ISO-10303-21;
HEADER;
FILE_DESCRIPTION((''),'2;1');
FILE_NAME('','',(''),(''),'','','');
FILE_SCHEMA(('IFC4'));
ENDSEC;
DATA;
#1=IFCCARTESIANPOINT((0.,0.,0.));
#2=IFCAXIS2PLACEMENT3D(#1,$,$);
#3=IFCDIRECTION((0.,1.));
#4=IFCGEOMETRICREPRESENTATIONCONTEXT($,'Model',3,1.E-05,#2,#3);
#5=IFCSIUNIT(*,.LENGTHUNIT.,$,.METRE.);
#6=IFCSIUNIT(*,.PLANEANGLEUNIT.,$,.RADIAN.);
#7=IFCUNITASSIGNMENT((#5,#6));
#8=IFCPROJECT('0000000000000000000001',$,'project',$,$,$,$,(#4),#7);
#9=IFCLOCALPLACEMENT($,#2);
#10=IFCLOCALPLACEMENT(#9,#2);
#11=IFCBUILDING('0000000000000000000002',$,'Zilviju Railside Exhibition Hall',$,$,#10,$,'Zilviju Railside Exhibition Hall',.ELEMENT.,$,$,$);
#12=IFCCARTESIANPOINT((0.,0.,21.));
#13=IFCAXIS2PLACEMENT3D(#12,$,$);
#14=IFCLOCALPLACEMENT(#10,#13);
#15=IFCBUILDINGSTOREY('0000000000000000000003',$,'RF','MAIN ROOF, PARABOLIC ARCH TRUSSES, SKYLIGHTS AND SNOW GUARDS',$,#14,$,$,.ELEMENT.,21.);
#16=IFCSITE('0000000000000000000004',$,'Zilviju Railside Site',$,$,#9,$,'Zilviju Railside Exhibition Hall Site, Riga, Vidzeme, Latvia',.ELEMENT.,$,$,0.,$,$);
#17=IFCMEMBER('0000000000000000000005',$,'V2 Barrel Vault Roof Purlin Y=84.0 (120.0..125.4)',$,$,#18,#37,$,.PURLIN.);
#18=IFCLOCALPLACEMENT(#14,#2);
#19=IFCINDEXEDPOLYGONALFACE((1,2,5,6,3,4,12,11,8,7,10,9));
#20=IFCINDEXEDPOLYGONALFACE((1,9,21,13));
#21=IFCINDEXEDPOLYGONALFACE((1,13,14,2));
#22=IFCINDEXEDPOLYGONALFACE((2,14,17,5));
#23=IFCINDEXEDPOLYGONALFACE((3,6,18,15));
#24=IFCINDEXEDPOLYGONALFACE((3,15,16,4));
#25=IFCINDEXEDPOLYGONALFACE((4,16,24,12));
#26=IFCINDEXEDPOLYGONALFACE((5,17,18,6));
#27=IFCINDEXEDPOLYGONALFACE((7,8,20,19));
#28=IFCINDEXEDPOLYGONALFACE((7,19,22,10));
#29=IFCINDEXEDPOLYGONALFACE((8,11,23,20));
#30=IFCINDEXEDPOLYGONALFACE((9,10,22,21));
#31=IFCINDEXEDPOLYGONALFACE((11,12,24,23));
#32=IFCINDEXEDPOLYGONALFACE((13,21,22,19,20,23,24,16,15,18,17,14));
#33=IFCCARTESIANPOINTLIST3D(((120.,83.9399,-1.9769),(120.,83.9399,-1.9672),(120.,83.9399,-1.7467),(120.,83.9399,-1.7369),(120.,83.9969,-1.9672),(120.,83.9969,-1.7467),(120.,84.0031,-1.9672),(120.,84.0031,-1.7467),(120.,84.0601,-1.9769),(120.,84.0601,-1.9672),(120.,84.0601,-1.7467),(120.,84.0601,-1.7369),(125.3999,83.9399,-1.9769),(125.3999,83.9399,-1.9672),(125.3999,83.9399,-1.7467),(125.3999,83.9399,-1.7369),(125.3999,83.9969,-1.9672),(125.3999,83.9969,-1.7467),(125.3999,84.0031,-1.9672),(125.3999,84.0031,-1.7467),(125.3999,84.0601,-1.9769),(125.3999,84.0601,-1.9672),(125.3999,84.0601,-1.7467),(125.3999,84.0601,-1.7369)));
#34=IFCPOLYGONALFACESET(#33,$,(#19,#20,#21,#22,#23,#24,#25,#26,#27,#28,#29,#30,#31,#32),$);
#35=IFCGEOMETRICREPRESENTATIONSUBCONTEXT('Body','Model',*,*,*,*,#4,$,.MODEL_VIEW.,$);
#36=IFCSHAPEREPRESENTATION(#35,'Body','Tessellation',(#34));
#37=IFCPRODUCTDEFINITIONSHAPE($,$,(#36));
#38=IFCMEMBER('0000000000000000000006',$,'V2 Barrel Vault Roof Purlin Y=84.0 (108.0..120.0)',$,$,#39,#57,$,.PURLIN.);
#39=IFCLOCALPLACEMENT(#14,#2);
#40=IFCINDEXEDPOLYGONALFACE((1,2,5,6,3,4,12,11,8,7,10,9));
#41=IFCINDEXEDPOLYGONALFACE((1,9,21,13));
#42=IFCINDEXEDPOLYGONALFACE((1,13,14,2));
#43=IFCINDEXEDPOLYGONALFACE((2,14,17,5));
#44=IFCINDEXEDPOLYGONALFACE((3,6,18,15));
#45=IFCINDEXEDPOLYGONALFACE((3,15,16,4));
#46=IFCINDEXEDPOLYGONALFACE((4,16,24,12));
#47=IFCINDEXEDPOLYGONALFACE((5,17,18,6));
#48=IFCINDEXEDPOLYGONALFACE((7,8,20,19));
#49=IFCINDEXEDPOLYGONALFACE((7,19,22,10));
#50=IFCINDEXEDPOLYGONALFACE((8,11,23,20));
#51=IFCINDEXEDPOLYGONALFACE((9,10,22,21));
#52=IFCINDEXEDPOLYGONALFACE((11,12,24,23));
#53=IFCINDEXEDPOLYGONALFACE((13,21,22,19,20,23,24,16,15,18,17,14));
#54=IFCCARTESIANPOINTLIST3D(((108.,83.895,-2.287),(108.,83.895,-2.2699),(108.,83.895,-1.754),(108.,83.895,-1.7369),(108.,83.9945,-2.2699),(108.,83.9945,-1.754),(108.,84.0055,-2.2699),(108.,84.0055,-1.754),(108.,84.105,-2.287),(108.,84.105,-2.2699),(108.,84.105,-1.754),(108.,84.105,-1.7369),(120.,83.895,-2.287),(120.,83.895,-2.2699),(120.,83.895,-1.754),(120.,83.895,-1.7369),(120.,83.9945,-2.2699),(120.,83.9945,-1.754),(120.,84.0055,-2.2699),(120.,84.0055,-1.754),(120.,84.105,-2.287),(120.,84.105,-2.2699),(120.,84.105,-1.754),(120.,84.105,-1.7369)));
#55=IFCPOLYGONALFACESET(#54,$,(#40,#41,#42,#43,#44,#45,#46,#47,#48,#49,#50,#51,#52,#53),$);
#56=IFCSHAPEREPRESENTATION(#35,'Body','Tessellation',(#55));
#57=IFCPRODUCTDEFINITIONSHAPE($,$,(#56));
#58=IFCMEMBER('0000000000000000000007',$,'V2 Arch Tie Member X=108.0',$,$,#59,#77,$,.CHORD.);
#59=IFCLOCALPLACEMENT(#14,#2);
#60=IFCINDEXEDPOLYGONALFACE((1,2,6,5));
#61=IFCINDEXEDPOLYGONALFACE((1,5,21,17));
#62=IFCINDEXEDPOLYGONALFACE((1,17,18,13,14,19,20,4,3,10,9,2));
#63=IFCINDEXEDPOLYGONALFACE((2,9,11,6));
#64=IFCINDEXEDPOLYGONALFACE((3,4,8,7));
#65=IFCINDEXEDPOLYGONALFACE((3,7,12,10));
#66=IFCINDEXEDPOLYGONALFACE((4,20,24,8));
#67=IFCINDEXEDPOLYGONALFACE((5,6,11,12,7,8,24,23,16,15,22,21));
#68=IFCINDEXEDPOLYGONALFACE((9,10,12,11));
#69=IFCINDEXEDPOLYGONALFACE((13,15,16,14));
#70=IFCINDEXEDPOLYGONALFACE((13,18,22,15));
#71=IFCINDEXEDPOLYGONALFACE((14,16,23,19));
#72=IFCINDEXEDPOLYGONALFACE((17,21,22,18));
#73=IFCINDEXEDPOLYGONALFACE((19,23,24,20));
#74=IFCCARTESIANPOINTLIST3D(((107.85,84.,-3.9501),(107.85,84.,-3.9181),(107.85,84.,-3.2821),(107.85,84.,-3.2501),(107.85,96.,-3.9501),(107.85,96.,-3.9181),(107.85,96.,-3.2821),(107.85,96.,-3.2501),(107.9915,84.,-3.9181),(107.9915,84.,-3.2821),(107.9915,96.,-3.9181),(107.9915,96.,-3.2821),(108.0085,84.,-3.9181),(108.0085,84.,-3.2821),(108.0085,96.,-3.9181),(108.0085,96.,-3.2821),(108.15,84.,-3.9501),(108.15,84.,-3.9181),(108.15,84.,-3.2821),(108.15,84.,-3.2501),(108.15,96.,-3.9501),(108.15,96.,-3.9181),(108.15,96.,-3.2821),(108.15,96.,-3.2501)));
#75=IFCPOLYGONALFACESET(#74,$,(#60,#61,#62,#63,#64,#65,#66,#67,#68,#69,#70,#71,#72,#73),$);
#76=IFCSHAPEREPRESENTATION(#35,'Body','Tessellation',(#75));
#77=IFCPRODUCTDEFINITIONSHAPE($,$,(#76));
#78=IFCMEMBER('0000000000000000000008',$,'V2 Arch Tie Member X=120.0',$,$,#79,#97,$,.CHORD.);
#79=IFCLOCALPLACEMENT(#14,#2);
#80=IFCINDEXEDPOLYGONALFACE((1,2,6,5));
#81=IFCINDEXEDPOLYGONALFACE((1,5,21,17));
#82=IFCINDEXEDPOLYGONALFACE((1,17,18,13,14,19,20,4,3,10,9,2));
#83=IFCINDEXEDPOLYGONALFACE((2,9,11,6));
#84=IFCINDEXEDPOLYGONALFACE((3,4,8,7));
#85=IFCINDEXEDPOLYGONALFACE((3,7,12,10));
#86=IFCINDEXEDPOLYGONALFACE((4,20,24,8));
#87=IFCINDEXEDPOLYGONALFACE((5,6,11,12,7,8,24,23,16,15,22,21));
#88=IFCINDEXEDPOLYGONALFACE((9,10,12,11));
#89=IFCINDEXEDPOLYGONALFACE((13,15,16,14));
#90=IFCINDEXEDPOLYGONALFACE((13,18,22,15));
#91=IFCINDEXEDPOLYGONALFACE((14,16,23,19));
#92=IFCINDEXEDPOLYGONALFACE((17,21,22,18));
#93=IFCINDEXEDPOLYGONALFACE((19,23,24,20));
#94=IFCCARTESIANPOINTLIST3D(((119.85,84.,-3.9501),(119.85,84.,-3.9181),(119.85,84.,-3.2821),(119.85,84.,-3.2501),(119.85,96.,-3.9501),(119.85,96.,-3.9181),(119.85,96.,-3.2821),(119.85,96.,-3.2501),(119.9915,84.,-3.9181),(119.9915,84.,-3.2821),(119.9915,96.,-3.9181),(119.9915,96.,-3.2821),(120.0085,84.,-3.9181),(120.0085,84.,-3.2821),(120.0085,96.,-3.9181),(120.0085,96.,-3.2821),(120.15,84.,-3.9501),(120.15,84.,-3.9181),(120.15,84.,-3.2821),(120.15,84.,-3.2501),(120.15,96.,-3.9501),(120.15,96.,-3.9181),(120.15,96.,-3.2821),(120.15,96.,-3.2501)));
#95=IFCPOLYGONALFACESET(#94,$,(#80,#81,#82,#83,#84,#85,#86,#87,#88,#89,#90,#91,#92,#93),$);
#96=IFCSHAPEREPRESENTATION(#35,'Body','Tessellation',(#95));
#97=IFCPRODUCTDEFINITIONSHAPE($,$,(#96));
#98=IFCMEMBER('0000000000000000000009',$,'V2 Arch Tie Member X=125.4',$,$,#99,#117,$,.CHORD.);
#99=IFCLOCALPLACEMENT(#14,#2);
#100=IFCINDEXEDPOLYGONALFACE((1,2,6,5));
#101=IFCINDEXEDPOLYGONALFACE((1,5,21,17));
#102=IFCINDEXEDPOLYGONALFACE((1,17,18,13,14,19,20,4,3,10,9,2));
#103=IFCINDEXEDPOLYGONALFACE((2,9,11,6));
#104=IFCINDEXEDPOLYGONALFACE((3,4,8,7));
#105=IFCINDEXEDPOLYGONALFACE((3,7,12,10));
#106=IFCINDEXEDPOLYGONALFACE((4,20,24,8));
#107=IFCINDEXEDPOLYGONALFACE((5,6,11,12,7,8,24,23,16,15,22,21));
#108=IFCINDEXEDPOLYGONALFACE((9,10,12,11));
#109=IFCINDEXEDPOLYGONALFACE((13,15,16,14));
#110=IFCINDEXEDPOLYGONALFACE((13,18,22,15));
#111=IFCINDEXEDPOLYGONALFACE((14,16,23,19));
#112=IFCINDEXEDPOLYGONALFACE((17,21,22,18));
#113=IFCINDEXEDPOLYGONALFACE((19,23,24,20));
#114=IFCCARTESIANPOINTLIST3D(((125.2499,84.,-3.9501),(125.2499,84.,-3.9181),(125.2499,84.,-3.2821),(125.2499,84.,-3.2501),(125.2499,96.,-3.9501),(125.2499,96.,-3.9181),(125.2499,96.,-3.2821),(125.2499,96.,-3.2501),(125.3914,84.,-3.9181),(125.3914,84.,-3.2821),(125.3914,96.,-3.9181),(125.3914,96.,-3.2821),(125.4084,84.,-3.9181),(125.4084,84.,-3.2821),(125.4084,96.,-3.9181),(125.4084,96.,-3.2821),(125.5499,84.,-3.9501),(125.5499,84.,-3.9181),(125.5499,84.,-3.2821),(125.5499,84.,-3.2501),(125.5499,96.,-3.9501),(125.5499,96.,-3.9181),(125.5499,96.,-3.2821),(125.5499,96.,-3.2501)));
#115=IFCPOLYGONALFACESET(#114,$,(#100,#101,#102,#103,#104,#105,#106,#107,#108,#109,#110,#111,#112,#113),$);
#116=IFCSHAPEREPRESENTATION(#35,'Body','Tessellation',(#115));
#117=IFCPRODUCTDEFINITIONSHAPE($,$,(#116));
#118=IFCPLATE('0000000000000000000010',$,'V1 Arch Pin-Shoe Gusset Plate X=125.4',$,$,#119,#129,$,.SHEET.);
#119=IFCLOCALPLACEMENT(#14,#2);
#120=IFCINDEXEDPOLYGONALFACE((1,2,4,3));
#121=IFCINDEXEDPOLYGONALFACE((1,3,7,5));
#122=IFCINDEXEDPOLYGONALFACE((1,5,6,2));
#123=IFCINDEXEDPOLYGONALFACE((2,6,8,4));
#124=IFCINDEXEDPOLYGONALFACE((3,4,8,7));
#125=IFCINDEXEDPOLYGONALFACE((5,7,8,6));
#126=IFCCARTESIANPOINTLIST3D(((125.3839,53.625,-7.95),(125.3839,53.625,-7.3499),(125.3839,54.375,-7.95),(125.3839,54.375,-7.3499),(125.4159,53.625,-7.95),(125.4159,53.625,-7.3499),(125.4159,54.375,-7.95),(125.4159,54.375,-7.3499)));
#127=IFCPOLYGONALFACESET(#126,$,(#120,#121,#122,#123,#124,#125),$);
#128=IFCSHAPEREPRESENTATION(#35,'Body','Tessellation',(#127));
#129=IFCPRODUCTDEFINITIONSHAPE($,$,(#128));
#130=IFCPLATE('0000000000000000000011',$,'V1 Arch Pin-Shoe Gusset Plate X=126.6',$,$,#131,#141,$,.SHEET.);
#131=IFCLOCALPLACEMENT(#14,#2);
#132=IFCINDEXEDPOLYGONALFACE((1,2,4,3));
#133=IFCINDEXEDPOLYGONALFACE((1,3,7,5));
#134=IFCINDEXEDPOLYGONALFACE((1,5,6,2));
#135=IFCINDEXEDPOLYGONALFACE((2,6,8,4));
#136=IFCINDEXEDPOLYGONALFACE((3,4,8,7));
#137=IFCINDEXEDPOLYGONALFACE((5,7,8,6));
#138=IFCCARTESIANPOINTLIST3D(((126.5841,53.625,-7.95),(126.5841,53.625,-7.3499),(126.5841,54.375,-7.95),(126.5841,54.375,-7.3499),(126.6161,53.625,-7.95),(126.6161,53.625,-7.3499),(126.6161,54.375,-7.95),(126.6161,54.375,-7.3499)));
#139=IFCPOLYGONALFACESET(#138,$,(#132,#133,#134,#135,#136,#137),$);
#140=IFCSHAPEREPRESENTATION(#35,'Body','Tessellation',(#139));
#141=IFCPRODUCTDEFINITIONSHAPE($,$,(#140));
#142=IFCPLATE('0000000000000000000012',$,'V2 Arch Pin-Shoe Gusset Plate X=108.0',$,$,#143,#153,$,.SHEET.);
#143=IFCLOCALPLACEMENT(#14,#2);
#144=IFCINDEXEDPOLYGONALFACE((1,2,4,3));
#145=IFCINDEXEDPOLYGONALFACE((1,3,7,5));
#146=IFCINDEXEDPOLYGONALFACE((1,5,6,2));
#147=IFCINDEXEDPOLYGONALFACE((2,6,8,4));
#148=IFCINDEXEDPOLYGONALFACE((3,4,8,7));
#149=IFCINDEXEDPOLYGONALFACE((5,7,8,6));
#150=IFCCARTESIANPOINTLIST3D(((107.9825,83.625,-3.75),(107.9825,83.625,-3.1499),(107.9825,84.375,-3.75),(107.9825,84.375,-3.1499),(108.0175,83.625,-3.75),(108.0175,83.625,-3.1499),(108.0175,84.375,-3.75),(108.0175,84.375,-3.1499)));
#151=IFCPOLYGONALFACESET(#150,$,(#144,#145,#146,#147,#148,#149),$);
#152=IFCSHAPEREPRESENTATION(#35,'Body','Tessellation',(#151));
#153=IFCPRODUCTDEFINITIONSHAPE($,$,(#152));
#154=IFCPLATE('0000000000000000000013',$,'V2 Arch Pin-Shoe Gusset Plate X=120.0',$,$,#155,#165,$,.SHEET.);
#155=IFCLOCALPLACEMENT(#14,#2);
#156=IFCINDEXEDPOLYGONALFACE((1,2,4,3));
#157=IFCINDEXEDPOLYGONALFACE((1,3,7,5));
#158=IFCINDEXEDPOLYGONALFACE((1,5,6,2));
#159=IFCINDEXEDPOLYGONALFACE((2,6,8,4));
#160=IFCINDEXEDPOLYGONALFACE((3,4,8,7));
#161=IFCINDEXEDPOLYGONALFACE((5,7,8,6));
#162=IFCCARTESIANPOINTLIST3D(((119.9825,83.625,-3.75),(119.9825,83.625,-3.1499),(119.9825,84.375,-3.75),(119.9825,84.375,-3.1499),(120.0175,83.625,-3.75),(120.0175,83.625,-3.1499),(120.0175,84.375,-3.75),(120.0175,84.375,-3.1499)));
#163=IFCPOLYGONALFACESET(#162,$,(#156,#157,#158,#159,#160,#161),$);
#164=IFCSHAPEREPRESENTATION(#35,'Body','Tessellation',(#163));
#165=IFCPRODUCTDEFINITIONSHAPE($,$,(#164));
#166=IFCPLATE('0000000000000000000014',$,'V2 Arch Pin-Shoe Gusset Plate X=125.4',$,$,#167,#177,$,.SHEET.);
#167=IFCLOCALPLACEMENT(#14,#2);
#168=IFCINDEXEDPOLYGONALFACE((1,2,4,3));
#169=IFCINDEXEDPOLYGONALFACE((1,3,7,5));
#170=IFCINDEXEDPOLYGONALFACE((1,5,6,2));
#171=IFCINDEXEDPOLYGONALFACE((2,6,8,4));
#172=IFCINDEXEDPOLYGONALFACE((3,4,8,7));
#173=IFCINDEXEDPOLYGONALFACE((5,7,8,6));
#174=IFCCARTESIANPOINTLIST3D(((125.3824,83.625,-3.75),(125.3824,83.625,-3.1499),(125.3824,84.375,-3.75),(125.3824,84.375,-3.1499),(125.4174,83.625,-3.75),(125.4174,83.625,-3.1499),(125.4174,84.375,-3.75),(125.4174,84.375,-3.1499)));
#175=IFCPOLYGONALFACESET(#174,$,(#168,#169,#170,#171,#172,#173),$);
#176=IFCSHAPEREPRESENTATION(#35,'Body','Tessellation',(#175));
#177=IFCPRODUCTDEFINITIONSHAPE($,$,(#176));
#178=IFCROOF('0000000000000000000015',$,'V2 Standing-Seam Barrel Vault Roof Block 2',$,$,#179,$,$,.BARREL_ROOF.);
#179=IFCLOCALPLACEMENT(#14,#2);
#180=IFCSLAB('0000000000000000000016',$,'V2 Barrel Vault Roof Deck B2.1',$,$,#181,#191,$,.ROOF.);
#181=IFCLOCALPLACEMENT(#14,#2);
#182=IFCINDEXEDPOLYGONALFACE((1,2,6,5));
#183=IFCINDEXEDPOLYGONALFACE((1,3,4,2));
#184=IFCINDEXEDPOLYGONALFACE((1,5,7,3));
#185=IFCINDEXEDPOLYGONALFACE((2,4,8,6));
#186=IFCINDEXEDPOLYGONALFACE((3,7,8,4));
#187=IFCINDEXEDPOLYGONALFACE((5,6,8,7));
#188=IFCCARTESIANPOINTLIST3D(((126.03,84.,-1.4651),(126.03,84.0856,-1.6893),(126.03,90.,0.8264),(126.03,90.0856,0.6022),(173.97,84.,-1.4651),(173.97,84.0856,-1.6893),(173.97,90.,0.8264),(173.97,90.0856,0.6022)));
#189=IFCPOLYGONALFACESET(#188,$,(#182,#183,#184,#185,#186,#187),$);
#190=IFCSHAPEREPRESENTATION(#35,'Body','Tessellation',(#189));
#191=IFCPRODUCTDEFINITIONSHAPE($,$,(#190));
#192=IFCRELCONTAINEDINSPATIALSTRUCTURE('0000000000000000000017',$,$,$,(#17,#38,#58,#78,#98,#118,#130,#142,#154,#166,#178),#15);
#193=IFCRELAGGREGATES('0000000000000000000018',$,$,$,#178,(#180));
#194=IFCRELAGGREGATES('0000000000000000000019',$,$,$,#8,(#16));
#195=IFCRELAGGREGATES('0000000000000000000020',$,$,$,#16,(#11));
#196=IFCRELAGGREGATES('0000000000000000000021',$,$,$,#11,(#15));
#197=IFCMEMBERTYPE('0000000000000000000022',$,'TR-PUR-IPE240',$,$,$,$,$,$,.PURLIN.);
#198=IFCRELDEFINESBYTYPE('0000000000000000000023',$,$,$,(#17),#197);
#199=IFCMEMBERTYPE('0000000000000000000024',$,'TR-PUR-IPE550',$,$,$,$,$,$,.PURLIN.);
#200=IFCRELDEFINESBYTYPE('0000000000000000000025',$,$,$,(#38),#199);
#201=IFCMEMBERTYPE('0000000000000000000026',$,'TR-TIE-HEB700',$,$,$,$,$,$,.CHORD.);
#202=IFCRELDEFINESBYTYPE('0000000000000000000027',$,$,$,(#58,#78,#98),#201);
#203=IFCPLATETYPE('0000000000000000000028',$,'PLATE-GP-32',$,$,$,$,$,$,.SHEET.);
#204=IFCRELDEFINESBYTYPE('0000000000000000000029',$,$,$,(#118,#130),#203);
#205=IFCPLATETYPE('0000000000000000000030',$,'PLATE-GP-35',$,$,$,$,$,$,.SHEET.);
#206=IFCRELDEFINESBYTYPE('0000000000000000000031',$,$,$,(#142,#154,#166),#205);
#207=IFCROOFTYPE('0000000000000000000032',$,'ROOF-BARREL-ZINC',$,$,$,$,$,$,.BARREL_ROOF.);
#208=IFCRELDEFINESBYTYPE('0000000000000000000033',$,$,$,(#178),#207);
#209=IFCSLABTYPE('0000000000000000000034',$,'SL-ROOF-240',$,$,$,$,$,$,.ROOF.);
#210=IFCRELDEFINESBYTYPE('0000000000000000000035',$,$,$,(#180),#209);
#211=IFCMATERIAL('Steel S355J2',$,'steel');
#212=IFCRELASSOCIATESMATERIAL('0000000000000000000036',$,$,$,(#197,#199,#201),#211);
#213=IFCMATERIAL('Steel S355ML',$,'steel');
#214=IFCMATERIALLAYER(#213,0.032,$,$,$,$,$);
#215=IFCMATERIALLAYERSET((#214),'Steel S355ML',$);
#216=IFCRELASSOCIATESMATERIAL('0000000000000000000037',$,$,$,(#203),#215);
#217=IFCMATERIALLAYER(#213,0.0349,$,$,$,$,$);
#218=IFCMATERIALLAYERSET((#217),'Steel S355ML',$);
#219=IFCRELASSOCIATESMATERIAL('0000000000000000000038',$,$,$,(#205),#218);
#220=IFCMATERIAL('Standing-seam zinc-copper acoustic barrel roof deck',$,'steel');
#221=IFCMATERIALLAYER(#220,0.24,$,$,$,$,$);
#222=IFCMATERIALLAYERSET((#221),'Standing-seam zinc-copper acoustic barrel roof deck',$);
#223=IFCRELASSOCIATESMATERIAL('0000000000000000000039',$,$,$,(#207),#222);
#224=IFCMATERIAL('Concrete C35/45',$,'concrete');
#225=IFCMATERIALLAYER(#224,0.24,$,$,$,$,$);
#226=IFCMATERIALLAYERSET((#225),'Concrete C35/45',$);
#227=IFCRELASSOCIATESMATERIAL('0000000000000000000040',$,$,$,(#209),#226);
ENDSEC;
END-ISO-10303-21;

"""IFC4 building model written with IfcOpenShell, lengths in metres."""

from ifc_helpers import new_model, si_unit, direction, frame, origin, origin_2d, place, context, subcontext, project, spatial, polyline, rectangle, i_section, outline, extrude, material, layer, layer_set, material_profile, profile_set, type_object, element, aggregate, save


model = new_model("IFC4")

# Units and contexts
model_context = context("Model", 3, precision=1e-05, world=origin(), true_north=direction((0.0, 1.0)))
body_context = subcontext(model_context, "Body", "Model", "MODEL_VIEW")
ifc_project = project(units=[si_unit("LENGTHUNIT", "METRE"), si_unit("PLANEANGLEUNIT", "RADIAN")], contexts=[model_context])

# Site, building, storey
site_placement = place(None, origin())
site = spatial("IfcSite", under=ifc_project, at=site_placement, Name="Zilviju Railside Site", LongName="Zilviju Railside Exhibition Hall Site, Riga, Vidzeme, Latvia", CompositionType="ELEMENT", RefElevation=0.0)
building_placement = place(site_placement, origin())
building = spatial("IfcBuilding", under=site, at=building_placement, Name="Zilviju Railside Exhibition Hall", LongName="Zilviju Railside Exhibition Hall", CompositionType="ELEMENT")
storey_placement = place(building_placement, frame((0.0, 0.0, 21.0)))
storey = spatial("IfcBuildingStorey", under=building, at=storey_placement, Name="RF", Description="MAIN ROOF, PARABOLIC ARCH TRUSSES, SKYLIGHTS AND SNOW GUARDS", CompositionType="ELEMENT", Elevation=21.0)

# Members
ifc_material_1 = material(Name="Steel S355J2", Category="steel")
ifc_material_profile_1 = material_profile(ifc_material_1, i_section(OverallWidth=0.1201, OverallDepth=0.24, WebThickness=0.0061, FlangeThickness=0.0098, at=origin_2d()), Name="IPE 240")
ifc_profile_set_1 = profile_set([ifc_material_profile_1], Name="Steel S355J2")
member_type_1 = type_object("IfcMemberType", Name="TR-PUR-IPE240", PredefinedType="PURLIN", material=ifc_profile_set_1)
for number, where, z_axis, x_axis, name in (
    (1, (120.0, 84.0, -1.8569), (1.0, 0.0, 0.0), (0.0, 1.0, 0.0), "V2 Barrel Vault Roof Purlin Y=84.0 (120.0..125.4)"),
):
    element("IfcMember", number, at=place(storey_placement, frame(where, z_axis=z_axis, x_axis=x_axis)), inside=storey, type_object=member_type_1, Name=name, PredefinedType="PURLIN", context=body_context, shape_type="SweptSolid", body=[
        extrude(i_section(OverallWidth=0.1201, OverallDepth=0.24, WebThickness=0.0061, FlangeThickness=0.0098, at=origin_2d()), origin(), (0.0, 0.0, 1.0), 5.3999),
    ])
ifc_material_profile_2 = material_profile(ifc_material_1, i_section(OverallWidth=0.21, OverallDepth=0.55, WebThickness=0.011, FlangeThickness=0.0171, at=origin_2d()), Name="IPE 550")
ifc_profile_set_2 = profile_set([ifc_material_profile_2], Name="Steel S355J2")
member_type_2 = type_object("IfcMemberType", Name="TR-PUR-IPE550", PredefinedType="PURLIN", material=ifc_profile_set_2)
member_placement = place(storey_placement, frame((108.0, 84.0, -2.012), z_axis=(1.0, 0.0, 0.0), x_axis=(0.0, 1.0, 0.0)))
element("IfcMember", 2, at=member_placement, inside=storey, type_object=member_type_2, Name="V2 Barrel Vault Roof Purlin Y=84.0 (108.0..120.0)", PredefinedType="PURLIN", context=body_context, shape_type="SweptSolid", body=[
    extrude(i_section(OverallWidth=0.21, OverallDepth=0.55, WebThickness=0.011, FlangeThickness=0.0171, at=origin_2d()), origin(), (0.0, 0.0, 1.0), 12.0),
])
ifc_material_profile_3 = material_profile(ifc_material_1, i_section(OverallWidth=0.3, OverallDepth=0.7, WebThickness=0.0171, FlangeThickness=0.032, at=origin_2d()), Name="HEB 700")
ifc_profile_set_3 = profile_set([ifc_material_profile_3], Name="Steel S355J2")
member_type_3 = type_object("IfcMemberType", Name="TR-TIE-HEB700", PredefinedType="CHORD", material=ifc_profile_set_3)
for number, where, z_axis, x_axis, name in (
    (3, (108.0, 84.0, -3.6001), (0.0, 1.0, 0.0), (-1.0, 0.0, 0.0), "V2 Arch Tie Member X=108.0"),
    (4, (120.0, 84.0, -3.6001), (0.0, 1.0, 0.0), (-1.0, 0.0, 0.0), "V2 Arch Tie Member X=120.0"),
    (5, (125.3999, 84.0, -3.6001), (0.0, 1.0, 0.0), (-1.0, 0.0, 0.0), "V2 Arch Tie Member X=125.4"),
):
    element("IfcMember", number, at=place(storey_placement, frame(where, z_axis=z_axis, x_axis=x_axis)), inside=storey, type_object=member_type_3, Name=name, PredefinedType="CHORD", context=body_context, shape_type="SweptSolid", body=[
        extrude(i_section(OverallWidth=0.3, OverallDepth=0.7, WebThickness=0.0171, FlangeThickness=0.032, at=origin_2d()), origin(), (0.0, 0.0, 1.0), 12.0),
    ])

# Plates
ifc_material_2 = material(Name="Steel S355ML", Category="steel")
ifc_layer_1 = layer(ifc_material_2, 0.032)
ifc_layer_set_1 = layer_set([ifc_layer_1], Name="Steel S355ML")
plate_type_1 = type_object("IfcPlateType", Name="PLATE-GP-32", PredefinedType="SHEET", material=ifc_layer_set_1)
for number, where, z_axis, x_axis, name in (
    (6, (125.3999, 54.0, -7.95), (0.0, 0.0, 1.0), (1.0, 0.0, 0.0), "V1 Arch Pin-Shoe Gusset Plate X=125.4"),
    (7, (126.6001, 54.0, -7.95), (0.0, 0.0, 1.0), (1.0, 0.0, 0.0), "V1 Arch Pin-Shoe Gusset Plate X=126.6"),
):
    element("IfcPlate", number, at=place(storey_placement, frame(where, z_axis=z_axis, x_axis=x_axis)), inside=storey, type_object=plate_type_1, Name=name, PredefinedType="SHEET", context=body_context, shape_type="SweptSolid", body=[
        extrude(rectangle(XDim=0.032, YDim=0.75, at=origin_2d()), origin(), (0.0, 0.0, 1.0), 0.6001),
    ])
ifc_layer_2 = layer(ifc_material_2, 0.0349)
ifc_layer_set_2 = layer_set([ifc_layer_2], Name="Steel S355ML")
plate_type_2 = type_object("IfcPlateType", Name="PLATE-GP-35", PredefinedType="SHEET", material=ifc_layer_set_2)
for number, where, z_axis, x_axis, name in (
    (8, (108.0, 84.0, -3.75), (0.0, 0.0, 1.0), (1.0, 0.0, 0.0), "V2 Arch Pin-Shoe Gusset Plate X=108.0"),
    (9, (120.0, 84.0, -3.75), (0.0, 0.0, 1.0), (1.0, 0.0, 0.0), "V2 Arch Pin-Shoe Gusset Plate X=120.0"),
    (10, (125.3999, 84.0, -3.75), (0.0, 0.0, 1.0), (1.0, 0.0, 0.0), "V2 Arch Pin-Shoe Gusset Plate X=125.4"),
):
    element("IfcPlate", number, at=place(storey_placement, frame(where, z_axis=z_axis, x_axis=x_axis)), inside=storey, type_object=plate_type_2, Name=name, PredefinedType="SHEET", context=body_context, shape_type="SweptSolid", body=[
        extrude(rectangle(XDim=0.0349, YDim=0.75, at=origin_2d()), origin(), (0.0, 0.0, 1.0), 0.6001),
    ])

# Roof, slab
ifc_material_3 = material(Name="Standing-seam zinc-copper acoustic barrel roof deck", Category="steel")
ifc_layer_3 = layer(ifc_material_3, 0.24)
ifc_layer_set_3 = layer_set([ifc_layer_3], Name="Standing-seam zinc-copper acoustic barrel roof deck")
roof_type = type_object("IfcRoofType", Name="ROOF-BARREL-ZINC", PredefinedType="BARREL_ROOF", material=ifc_layer_set_3)
roof_placement = place(storey_placement, origin())
roof = element("IfcRoof", 11, at=roof_placement, inside=storey, type_object=roof_type, Name="V2 Standing-Seam Barrel Vault Roof Block 2", PredefinedType="BARREL_ROOF")
ifc_material_4 = material(Name="Concrete C35/45", Category="concrete")
ifc_layer_4 = layer(ifc_material_4, 0.24)
ifc_layer_set_4 = layer_set([ifc_layer_4], Name="Concrete C35/45")
slab_type = type_object("IfcSlabType", Name="SL-ROOF-240", PredefinedType="ROOF", material=ifc_layer_set_4)
slab_placement = place(storey_placement, frame((126.03, 84.0, -1.4651), z_axis=(0.0, -0.356782, 0.934188), x_axis=(1.0, 0.0, 0.0)))
slab = element("IfcSlab", 12, at=slab_placement, type_object=slab_type, Name="V2 Barrel Vault Roof Deck B2.1", PredefinedType="ROOF", context=body_context, shape_type="SweptSolid", body=[
    extrude(outline(polyline([(0.0, 0.0), (47.9399, 0.0), (47.9399, 6.4227), (0.0, 6.4227), (0.0, 0.0)])), origin(), (0.0, 0.0, -1.0), 0.24),
])
aggregate(roof, [slab])

save(model, "model.ifc")
